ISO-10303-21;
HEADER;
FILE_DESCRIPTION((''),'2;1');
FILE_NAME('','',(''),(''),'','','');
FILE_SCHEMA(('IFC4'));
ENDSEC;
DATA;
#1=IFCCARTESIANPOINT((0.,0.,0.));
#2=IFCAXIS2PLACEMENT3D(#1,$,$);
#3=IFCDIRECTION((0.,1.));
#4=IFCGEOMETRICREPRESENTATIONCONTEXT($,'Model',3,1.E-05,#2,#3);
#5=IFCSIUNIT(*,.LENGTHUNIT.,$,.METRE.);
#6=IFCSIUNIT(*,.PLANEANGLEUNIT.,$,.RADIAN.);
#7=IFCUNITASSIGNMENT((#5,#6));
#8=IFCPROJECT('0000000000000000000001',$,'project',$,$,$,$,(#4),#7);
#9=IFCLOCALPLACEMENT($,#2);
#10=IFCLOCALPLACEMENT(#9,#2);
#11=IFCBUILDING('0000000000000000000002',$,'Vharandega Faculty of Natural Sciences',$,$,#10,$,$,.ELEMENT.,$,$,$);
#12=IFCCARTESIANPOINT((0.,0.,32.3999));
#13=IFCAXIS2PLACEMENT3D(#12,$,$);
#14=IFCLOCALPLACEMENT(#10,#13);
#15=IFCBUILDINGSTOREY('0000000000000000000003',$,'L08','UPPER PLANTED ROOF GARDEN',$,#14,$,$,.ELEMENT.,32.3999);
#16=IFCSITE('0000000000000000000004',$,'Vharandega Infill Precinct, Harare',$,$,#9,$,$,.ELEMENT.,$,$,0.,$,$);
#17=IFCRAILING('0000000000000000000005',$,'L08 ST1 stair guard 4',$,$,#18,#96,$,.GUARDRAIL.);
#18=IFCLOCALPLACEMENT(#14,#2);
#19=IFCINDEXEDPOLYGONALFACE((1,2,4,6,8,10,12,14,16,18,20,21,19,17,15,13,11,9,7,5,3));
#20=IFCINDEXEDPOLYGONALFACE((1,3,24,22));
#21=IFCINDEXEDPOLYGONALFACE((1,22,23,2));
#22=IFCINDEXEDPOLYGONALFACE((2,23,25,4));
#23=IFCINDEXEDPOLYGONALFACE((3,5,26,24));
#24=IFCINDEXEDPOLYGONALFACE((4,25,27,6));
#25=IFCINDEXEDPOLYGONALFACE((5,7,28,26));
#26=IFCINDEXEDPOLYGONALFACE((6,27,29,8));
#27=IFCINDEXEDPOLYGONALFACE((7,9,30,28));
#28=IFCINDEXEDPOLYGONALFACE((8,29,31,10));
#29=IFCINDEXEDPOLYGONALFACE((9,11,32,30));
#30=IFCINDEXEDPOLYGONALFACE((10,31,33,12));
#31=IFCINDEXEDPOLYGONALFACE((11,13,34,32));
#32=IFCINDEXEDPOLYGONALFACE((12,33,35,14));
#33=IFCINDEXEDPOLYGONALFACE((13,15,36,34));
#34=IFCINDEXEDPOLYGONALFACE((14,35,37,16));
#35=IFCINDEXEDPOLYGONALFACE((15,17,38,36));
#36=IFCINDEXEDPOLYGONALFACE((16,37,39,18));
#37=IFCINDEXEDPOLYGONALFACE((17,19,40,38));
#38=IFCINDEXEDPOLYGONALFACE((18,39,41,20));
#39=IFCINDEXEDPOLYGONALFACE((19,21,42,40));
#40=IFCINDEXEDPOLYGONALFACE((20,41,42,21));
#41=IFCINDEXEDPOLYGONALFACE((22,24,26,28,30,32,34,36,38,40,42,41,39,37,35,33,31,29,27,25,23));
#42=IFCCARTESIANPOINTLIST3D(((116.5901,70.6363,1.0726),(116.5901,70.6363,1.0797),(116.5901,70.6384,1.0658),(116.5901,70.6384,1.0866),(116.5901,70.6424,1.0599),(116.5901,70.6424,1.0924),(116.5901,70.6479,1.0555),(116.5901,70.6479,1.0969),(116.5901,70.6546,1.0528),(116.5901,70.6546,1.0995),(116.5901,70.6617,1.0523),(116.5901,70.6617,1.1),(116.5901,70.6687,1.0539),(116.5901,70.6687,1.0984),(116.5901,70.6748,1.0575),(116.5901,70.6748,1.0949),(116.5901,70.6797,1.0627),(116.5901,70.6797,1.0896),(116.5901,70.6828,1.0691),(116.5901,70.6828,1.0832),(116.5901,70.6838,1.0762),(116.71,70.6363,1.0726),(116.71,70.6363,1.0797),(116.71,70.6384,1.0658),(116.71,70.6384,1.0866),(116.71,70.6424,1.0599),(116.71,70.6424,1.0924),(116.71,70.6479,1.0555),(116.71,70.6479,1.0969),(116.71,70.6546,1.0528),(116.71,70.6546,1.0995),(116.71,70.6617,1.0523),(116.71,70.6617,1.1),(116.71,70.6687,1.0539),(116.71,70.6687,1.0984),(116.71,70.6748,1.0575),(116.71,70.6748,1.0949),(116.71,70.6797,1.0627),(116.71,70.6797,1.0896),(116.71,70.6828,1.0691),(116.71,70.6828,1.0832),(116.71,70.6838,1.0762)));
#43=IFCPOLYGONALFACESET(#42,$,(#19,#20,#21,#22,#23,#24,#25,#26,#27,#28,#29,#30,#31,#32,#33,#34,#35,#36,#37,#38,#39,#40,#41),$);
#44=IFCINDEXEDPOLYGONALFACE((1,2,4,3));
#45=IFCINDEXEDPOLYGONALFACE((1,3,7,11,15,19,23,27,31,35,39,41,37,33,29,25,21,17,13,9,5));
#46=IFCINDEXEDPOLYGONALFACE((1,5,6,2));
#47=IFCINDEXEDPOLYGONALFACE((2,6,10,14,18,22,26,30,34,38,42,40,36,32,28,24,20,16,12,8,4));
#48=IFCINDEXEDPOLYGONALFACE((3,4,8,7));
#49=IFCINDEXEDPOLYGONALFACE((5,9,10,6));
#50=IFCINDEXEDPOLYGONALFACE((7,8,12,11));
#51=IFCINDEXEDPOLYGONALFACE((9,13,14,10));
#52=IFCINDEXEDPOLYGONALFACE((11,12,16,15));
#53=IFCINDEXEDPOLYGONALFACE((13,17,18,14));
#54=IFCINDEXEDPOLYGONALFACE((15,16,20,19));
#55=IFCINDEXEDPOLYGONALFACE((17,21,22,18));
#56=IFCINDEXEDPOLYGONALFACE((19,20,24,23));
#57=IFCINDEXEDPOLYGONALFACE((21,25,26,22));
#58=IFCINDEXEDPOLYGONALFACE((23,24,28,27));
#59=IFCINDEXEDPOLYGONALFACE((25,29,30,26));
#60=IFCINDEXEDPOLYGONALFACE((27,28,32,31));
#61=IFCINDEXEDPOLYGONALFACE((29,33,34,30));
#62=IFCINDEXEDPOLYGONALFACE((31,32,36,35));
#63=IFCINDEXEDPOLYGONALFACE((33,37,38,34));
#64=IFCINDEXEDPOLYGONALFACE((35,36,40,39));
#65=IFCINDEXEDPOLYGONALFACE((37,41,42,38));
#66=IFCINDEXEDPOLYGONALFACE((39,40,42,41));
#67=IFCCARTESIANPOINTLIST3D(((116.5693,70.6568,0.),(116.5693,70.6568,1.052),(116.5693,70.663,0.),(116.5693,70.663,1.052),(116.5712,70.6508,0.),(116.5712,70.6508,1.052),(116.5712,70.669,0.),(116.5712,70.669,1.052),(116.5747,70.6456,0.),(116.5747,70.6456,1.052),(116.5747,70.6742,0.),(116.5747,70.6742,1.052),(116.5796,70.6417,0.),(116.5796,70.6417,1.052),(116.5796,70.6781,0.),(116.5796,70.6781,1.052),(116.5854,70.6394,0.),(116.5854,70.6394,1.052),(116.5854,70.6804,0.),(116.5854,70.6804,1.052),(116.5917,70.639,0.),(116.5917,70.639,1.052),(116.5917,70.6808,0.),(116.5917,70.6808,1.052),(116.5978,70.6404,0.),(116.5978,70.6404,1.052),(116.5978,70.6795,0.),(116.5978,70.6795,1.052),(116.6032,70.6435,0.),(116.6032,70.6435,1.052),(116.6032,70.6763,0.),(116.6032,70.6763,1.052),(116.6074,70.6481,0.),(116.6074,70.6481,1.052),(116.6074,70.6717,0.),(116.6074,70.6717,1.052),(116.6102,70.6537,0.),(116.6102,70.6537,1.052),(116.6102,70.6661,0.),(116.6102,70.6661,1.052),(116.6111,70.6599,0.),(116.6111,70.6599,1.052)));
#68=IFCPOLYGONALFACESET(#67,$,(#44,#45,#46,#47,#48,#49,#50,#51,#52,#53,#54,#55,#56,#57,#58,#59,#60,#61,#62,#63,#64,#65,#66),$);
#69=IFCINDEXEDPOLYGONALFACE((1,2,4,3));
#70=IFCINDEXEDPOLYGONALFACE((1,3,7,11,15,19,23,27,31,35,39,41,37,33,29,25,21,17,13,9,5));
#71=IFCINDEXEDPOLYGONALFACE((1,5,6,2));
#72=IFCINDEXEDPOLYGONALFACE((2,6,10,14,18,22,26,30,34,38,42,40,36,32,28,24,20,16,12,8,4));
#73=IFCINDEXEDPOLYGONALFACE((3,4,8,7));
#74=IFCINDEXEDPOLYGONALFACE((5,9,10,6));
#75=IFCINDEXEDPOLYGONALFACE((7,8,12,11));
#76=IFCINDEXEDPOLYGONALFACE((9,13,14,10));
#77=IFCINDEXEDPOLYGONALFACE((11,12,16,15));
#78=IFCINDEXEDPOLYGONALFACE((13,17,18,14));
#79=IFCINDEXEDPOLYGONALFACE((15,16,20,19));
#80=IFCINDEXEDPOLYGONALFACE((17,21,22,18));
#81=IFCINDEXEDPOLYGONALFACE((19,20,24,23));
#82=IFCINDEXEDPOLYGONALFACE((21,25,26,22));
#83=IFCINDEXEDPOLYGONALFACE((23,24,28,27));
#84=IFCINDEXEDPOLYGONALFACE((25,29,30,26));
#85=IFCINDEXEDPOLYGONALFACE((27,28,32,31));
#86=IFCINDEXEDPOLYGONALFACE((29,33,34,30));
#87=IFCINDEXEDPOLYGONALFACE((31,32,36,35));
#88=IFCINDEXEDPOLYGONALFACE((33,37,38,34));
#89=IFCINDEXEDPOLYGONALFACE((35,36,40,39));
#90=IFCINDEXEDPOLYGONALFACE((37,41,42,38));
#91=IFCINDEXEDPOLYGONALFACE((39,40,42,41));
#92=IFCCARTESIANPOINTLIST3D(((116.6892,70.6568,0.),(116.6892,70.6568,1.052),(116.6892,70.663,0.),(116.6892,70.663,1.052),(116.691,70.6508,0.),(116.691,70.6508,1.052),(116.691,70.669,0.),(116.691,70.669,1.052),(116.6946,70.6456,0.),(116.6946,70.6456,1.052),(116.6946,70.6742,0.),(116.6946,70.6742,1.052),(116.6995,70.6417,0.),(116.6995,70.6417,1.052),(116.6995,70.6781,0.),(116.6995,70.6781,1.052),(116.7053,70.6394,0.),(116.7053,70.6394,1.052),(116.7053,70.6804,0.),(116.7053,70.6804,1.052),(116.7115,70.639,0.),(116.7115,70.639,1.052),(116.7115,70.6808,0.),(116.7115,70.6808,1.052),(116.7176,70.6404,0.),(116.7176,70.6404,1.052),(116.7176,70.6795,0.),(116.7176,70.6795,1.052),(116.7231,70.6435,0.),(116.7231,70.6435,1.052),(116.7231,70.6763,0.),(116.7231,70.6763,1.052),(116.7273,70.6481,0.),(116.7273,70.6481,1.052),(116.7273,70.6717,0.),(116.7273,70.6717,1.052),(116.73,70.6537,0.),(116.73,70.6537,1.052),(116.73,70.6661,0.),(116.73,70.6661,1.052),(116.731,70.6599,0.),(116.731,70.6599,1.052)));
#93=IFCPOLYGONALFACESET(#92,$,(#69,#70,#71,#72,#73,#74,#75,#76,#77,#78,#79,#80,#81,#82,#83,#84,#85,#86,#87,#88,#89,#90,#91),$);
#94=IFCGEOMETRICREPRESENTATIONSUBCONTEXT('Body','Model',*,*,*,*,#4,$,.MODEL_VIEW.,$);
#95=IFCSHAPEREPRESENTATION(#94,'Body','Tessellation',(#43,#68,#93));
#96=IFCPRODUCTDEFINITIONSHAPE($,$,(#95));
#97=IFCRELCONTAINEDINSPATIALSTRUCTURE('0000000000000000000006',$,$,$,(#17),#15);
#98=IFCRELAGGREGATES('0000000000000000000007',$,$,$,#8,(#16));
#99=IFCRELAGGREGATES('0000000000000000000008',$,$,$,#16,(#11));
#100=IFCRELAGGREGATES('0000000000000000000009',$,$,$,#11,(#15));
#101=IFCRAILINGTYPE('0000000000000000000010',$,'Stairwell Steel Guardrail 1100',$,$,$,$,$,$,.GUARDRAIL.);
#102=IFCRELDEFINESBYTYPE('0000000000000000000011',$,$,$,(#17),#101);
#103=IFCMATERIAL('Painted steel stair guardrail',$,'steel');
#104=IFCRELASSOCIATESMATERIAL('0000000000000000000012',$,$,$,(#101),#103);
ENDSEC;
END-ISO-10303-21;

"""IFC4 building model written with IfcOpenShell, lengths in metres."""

from ifc_helpers import new_model, si_unit, direction, frame, origin, origin_2d, place, context, subcontext, project, spatial, circle, extrude, material, type_object, element, save


model = new_model("IFC4")

# Units and contexts
model_context = context("Model", 3, precision=1e-05, world=origin(), true_north=direction((0.0, 1.0)))
body_context = subcontext(model_context, "Body", "Model", "MODEL_VIEW")
ifc_project = project(units=[si_unit("LENGTHUNIT", "METRE"), si_unit("PLANEANGLEUNIT", "RADIAN")], contexts=[model_context])

# Site, building, storey
site_placement = place(None, origin())
site = spatial("IfcSite", under=ifc_project, at=site_placement, Name="Vharandega Infill Precinct, Harare", CompositionType="ELEMENT", RefElevation=0.0)
building_placement = place(site_placement, origin())
building = spatial("IfcBuilding", under=site, at=building_placement, Name="Vharandega Faculty of Natural Sciences", CompositionType="ELEMENT")
storey_placement = place(building_placement, frame((0.0, 0.0, 32.3999)))
storey = spatial("IfcBuildingStorey", under=building, at=storey_placement, Name="L08", Description="UPPER PLANTED ROOF GARDEN", CompositionType="ELEMENT", Elevation=32.3999)

# Railing
ifc_material_1 = material(Name="Painted steel stair guardrail", Category="steel")
railing_type_1 = type_object("IfcRailingType", Name="Stairwell Steel Guardrail 1100", PredefinedType="GUARDRAIL", material=ifc_material_1)
railing_1_placement = place(storey_placement, frame((116.5901, 70.6599, 0.0)))
element("IfcRailing", 1, at=railing_1_placement, inside=storey, type_object=railing_type_1, Name="L08 ST1 stair guard 4", PredefinedType="GUARDRAIL", context=body_context, shape_type="SweptSolid", body=[
    extrude(circle(Radius=0.0239, at=origin_2d()), frame((0.0, 0.0, 1.0762), z_axis=(1.0, 0.0, 0.0), x_axis=(0.0, 1.0, 0.0)), (0.0, 0.0, 1.0), 0.1199),
    extrude(circle(Radius=0.021, at=origin_2d()), origin(), (0.0, 0.0, 1.0), 1.052),
    extrude(circle(Radius=0.021, at=origin_2d()), frame((0.1199, 0.0, 0.0)), (0.0, 0.0, 1.0), 1.052),
])

save(model, "model.ifc")
